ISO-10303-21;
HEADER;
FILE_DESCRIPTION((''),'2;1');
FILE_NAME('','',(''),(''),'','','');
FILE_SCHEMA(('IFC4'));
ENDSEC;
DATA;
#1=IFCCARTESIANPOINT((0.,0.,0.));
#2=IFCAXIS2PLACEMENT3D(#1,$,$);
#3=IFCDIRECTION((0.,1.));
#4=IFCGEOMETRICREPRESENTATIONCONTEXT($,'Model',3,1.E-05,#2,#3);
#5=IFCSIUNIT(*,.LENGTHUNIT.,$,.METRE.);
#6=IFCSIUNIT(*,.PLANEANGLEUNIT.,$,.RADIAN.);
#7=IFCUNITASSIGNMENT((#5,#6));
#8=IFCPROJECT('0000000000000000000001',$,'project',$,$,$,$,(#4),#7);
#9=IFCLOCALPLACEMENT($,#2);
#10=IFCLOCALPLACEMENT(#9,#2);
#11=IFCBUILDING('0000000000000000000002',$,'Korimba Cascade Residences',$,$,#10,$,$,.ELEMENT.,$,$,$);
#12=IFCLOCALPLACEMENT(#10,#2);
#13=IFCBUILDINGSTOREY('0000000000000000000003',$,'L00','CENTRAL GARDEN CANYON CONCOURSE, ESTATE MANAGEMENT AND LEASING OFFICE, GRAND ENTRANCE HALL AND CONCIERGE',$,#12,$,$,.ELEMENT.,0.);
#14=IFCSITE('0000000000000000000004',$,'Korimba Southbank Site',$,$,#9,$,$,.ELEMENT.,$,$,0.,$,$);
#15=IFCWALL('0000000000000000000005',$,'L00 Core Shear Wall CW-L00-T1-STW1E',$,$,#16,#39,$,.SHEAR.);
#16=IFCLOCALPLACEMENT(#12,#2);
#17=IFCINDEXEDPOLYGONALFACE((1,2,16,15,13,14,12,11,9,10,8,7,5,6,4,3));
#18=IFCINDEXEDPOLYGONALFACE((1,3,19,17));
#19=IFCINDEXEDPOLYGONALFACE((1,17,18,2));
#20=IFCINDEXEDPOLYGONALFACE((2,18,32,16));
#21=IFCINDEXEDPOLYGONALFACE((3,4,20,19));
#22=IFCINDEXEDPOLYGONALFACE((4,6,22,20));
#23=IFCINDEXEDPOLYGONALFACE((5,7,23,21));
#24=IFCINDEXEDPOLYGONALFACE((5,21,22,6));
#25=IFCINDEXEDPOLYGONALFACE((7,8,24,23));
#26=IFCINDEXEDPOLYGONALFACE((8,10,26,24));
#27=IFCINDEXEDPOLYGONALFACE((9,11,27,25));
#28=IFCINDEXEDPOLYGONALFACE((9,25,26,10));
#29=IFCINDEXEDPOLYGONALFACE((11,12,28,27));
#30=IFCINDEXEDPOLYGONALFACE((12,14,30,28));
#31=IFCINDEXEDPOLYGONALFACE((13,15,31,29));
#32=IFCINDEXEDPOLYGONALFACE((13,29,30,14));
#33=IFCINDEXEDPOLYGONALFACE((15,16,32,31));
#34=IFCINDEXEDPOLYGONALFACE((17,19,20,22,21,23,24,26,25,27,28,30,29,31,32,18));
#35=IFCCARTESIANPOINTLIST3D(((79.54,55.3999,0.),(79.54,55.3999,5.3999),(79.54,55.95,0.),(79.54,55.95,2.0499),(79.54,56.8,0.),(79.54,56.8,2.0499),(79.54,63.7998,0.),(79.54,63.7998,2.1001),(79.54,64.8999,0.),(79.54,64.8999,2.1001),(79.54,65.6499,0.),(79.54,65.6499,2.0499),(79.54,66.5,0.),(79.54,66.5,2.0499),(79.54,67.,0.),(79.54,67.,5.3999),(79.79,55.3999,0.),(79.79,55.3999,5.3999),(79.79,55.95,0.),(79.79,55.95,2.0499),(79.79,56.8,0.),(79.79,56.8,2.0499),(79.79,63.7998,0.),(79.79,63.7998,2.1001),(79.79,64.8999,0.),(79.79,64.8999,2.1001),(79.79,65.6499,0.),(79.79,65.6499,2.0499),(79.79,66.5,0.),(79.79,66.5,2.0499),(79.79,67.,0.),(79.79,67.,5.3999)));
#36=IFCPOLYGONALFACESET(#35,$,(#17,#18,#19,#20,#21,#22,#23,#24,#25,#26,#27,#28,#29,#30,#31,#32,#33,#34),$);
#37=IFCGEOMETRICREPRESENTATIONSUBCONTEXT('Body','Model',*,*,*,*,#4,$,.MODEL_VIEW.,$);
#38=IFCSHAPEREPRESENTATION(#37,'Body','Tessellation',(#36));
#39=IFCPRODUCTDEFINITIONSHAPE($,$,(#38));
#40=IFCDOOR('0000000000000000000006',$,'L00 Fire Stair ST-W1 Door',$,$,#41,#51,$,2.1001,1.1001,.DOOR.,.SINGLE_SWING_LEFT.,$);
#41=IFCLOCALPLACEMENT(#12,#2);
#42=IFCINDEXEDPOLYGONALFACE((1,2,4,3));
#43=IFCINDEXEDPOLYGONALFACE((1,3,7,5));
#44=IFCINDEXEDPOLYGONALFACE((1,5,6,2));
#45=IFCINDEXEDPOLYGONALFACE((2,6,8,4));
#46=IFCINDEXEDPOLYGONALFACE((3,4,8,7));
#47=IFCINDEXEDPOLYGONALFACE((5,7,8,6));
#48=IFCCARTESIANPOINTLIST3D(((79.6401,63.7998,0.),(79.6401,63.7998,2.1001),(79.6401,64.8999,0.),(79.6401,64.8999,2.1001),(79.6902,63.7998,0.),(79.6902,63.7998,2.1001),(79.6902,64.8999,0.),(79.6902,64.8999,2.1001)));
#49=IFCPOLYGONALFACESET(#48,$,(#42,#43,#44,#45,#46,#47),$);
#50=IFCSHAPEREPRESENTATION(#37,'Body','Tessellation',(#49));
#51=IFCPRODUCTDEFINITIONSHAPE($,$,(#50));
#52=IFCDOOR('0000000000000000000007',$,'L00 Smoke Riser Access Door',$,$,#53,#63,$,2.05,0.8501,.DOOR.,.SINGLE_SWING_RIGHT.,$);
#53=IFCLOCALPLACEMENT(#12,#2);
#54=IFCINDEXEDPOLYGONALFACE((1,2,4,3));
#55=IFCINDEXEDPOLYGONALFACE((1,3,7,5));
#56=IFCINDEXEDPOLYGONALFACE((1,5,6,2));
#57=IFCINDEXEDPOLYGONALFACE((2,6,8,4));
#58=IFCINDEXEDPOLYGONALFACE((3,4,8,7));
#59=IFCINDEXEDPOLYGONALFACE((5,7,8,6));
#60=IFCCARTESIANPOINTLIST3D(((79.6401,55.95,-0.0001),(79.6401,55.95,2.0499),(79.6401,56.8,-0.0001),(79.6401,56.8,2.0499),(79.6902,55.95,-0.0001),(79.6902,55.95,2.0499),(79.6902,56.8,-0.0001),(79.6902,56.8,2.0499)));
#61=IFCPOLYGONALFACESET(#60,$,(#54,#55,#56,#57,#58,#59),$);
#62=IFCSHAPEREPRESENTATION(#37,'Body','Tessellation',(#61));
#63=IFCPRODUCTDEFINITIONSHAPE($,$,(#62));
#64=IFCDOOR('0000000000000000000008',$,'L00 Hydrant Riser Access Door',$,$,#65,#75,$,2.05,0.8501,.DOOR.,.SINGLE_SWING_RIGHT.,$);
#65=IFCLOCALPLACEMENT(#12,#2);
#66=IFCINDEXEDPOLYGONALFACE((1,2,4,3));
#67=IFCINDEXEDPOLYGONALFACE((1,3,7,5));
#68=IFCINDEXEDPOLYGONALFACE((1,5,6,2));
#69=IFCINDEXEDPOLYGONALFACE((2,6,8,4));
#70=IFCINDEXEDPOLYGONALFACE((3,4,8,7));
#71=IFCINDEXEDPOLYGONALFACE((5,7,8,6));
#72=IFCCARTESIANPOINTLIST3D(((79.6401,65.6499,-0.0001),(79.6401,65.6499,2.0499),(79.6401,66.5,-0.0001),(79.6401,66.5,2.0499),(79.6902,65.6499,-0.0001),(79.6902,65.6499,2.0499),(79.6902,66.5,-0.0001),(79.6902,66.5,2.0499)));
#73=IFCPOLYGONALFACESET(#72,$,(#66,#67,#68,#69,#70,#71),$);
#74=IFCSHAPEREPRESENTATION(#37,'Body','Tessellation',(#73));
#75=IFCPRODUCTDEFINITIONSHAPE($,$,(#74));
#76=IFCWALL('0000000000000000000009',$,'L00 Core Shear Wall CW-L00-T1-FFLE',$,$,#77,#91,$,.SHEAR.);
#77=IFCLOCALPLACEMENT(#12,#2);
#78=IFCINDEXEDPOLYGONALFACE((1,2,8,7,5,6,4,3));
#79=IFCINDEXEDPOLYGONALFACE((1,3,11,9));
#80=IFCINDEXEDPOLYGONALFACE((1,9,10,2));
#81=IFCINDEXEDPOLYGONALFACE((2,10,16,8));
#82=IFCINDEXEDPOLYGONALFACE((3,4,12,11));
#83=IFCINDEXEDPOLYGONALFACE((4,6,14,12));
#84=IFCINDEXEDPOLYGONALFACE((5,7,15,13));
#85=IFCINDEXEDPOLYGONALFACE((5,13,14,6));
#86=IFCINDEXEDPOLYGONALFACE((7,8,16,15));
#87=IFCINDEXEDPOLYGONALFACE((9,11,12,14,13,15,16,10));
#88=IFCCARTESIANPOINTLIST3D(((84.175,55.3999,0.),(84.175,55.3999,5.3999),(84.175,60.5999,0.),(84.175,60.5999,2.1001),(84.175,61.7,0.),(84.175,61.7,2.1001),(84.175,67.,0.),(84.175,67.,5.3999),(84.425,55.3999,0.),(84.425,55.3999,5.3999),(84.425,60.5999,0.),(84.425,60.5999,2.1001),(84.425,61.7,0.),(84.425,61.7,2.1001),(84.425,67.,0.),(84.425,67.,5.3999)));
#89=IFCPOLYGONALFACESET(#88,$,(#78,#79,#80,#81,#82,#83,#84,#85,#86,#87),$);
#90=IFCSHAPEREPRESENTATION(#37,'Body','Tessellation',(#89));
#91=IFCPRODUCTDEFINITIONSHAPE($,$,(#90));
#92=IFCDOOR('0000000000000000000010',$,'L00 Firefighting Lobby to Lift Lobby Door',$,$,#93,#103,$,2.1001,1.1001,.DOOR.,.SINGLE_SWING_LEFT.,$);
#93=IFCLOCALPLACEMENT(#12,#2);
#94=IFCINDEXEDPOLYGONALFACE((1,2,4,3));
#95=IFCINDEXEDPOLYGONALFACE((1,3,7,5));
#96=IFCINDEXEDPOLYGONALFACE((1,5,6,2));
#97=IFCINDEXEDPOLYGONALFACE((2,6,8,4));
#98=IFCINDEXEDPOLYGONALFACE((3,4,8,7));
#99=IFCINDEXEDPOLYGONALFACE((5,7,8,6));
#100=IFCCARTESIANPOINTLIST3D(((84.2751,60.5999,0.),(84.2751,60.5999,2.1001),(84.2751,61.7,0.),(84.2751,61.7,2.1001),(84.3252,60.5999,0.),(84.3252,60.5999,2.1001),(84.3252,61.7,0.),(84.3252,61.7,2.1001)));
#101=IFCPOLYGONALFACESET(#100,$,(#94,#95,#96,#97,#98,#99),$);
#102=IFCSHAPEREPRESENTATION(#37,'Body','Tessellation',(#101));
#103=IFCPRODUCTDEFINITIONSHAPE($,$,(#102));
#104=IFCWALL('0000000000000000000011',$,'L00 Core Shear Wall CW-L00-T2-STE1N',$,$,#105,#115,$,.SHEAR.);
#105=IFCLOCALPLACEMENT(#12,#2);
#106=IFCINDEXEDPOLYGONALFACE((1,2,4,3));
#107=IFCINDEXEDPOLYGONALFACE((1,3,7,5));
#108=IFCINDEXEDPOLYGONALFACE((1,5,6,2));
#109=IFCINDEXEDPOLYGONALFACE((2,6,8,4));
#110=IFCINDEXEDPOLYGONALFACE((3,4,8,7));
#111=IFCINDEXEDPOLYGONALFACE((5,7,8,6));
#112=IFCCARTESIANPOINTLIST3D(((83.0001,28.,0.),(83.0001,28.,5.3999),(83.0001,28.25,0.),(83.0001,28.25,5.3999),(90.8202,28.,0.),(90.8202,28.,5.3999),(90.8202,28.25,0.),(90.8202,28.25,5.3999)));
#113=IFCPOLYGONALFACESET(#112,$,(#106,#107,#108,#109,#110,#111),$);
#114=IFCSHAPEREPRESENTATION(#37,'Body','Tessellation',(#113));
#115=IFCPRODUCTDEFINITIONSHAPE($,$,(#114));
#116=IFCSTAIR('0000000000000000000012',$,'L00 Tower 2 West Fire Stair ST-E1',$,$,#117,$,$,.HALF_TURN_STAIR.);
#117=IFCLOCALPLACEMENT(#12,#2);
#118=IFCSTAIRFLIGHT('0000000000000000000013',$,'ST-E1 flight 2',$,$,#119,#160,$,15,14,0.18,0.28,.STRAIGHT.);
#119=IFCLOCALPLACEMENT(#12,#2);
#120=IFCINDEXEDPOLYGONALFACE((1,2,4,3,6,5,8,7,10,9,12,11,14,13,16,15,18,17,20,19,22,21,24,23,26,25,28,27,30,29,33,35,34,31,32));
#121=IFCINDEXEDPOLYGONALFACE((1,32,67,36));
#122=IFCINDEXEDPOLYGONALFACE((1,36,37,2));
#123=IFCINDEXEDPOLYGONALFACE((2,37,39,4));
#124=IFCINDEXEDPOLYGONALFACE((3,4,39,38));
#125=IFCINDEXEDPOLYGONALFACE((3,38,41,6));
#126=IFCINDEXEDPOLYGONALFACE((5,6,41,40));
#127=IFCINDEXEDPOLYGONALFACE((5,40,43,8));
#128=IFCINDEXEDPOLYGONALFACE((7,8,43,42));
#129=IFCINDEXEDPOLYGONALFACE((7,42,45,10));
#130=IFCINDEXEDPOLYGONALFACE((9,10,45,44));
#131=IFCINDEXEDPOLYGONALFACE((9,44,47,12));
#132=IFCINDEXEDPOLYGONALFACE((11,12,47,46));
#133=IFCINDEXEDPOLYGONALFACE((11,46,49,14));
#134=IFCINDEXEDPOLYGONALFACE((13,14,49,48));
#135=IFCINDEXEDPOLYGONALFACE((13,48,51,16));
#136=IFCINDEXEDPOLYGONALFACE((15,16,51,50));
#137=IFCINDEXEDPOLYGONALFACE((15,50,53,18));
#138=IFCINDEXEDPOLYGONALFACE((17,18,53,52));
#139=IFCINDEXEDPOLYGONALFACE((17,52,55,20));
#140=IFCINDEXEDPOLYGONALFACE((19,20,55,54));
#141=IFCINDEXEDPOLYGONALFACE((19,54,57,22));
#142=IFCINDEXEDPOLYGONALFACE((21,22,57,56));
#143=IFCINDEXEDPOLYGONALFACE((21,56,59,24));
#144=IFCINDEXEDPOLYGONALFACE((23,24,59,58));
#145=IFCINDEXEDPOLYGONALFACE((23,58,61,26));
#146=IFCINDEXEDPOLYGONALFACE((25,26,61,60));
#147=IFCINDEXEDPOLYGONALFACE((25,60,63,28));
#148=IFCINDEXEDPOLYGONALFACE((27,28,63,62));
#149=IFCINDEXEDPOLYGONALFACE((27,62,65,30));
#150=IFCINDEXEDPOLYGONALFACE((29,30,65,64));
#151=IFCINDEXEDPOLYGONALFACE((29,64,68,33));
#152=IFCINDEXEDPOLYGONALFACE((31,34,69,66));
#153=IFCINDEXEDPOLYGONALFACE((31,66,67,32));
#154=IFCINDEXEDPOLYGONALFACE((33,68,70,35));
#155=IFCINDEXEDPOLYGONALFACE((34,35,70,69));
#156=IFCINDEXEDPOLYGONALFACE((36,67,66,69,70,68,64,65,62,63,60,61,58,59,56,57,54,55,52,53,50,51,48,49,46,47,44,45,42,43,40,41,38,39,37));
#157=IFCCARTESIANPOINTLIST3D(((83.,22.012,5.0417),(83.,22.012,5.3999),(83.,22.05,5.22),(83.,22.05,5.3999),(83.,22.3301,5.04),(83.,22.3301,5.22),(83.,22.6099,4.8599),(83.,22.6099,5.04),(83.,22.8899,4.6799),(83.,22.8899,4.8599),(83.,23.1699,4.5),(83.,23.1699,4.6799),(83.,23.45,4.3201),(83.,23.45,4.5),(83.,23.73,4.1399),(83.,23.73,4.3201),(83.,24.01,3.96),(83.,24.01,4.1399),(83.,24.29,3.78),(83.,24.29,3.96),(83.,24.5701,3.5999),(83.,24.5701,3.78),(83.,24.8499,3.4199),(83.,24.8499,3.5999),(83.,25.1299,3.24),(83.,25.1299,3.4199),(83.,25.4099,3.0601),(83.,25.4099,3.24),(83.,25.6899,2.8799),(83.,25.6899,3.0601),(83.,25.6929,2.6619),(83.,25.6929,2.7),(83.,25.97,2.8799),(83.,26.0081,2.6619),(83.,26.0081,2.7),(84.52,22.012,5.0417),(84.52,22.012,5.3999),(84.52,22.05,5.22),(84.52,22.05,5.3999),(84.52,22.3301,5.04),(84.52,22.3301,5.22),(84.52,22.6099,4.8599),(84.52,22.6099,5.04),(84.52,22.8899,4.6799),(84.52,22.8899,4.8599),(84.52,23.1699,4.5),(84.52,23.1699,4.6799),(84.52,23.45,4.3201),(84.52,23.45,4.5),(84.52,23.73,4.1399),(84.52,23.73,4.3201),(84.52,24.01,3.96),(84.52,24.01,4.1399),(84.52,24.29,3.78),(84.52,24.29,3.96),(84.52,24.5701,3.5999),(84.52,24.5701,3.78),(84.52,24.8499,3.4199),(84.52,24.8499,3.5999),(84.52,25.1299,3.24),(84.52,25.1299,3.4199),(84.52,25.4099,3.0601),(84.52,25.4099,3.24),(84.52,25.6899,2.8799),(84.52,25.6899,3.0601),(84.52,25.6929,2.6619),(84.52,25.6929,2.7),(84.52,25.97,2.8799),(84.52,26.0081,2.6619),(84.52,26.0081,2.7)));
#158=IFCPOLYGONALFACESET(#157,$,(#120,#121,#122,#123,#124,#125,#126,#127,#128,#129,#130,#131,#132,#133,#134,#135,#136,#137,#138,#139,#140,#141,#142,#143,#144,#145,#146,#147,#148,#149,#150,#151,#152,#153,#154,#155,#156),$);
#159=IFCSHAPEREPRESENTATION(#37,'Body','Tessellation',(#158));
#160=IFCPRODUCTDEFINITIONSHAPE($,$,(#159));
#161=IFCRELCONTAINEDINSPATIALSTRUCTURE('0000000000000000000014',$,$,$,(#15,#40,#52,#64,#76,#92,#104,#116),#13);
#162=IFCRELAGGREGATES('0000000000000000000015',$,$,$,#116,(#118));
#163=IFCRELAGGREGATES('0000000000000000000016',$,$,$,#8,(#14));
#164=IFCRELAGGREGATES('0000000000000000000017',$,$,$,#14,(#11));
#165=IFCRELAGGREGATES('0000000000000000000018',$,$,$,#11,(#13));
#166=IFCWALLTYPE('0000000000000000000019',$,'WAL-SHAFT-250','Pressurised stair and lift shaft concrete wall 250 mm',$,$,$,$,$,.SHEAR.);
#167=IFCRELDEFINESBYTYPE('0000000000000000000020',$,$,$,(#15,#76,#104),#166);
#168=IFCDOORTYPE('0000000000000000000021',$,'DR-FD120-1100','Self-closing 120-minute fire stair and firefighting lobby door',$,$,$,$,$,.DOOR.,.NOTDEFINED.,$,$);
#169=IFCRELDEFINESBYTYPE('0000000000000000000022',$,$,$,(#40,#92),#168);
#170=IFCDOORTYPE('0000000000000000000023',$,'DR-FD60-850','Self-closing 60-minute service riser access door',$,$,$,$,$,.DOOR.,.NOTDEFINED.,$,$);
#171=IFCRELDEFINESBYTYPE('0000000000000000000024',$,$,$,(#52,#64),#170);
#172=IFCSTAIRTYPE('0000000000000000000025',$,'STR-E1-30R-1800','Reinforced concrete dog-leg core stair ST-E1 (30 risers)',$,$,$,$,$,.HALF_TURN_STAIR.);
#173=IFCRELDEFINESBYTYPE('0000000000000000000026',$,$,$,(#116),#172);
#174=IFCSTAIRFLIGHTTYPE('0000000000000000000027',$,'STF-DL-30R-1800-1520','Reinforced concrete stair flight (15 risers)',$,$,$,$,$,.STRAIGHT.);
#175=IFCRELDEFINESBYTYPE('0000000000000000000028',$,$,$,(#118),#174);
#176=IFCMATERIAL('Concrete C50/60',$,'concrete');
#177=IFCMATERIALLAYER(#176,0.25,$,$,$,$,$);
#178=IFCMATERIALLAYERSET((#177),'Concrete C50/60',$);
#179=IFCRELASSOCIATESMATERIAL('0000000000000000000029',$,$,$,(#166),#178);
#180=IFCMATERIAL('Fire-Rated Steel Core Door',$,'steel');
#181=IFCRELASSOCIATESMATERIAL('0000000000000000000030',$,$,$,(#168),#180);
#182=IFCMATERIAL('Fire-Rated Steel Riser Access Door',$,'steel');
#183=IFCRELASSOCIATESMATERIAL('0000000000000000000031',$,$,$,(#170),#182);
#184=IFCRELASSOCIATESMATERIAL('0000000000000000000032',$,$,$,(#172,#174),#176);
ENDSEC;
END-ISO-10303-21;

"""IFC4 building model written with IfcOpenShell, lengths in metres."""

from ifc_helpers import new_model, si_unit, direction, frame, frame_2d, origin, place, context, subcontext, project, spatial, polyline, rectangle, outline, extrude, material, layer, layer_set, type_object, element, fill, aggregate, save


model = new_model("IFC4")

# Units and contexts
model_context = context("Model", 3, precision=1e-05, world=origin(), true_north=direction((0.0, 1.0)))
body_context = subcontext(model_context, "Body", "Model", "MODEL_VIEW")
ifc_project = project(units=[si_unit("LENGTHUNIT", "METRE"), si_unit("PLANEANGLEUNIT", "RADIAN")], contexts=[model_context])

# Site, building, storey
site_placement = place(None, origin())
site = spatial("IfcSite", under=ifc_project, at=site_placement, Name="Korimba Southbank Site", CompositionType="ELEMENT", RefElevation=0.0)
building_placement = place(site_placement, origin())
building = spatial("IfcBuilding", under=site, at=building_placement, Name="Korimba Cascade Residences", CompositionType="ELEMENT")
storey_placement = place(building_placement, origin())
storey = spatial("IfcBuildingStorey", under=building, at=storey_placement, Name="L00", Description="CENTRAL GARDEN CANYON CONCOURSE, ESTATE MANAGEMENT AND LEASING OFFICE, GRAND ENTRANCE HALL AND CONCIERGE", CompositionType="ELEMENT", Elevation=0.0)

# Wall, openings, doors
ifc_material_1 = material(Name="Concrete C50/60", Category="concrete")
ifc_layer_1 = layer(ifc_material_1, 0.25)
ifc_layer_set_1 = layer_set([ifc_layer_1], Name="Concrete C50/60")
wall_type_1 = type_object("IfcWallType", Name="WAL-SHAFT-250", Description="Pressurised stair and lift shaft concrete wall 250 mm", PredefinedType="SHEAR", material=ifc_layer_set_1)
wall_1_placement = place(storey_placement, frame((79.665, 55.3999, 0.0), z_axis=(0.0, 0.0, 1.0), x_axis=(0.0, 1.0, 0.0)))
wall_1 = element("IfcWall", 1, at=wall_1_placement, inside=storey, type_object=wall_type_1, Name="L00 Core Shear Wall CW-L00-T1-STW1E", PredefinedType="SHEAR", context=body_context, shape_type="SweptSolid", body=[
    extrude(rectangle(XDim=11.6001, YDim=0.25, at=frame_2d((5.8, 0.0))), origin(), (0.0, 0.0, 1.0), 5.3999),
])
opening_1_placement = place(wall_1_placement, frame((0.55, 0.0, 0.0)))
opening_1 = element("IfcOpeningElement", 2, at=opening_1_placement, cuts=wall_1, PredefinedType="OPENING", context=body_context, shape_type="SweptSolid", body=[
    extrude(rectangle(XDim=0.8501, YDim=2.05, at=frame_2d((0.425, 1.0249))), frame((0.0, 0.135, 0.0), z_axis=(0.0, -1.0, 0.0), x_axis=(1.0, 0.0, 0.0)), (0.0, 0.0, 1.0), 0.27),
])
opening_2_placement = place(wall_1_placement, frame((8.3999, 0.0, 0.0)))
opening_2 = element("IfcOpeningElement", 3, at=opening_2_placement, cuts=wall_1, PredefinedType="OPENING", context=body_context, shape_type="SweptSolid", body=[
    extrude(rectangle(XDim=1.1001, YDim=2.1001, at=frame_2d((0.55, 1.05))), frame((0.0, 0.135, 0.0), z_axis=(0.0, -1.0, 0.0), x_axis=(1.0, 0.0, 0.0)), (0.0, 0.0, 1.0), 0.27),
])
opening_3_placement = place(wall_1_placement, frame((10.25, 0.0, 0.0)))
opening_3 = element("IfcOpeningElement", 4, at=opening_3_placement, cuts=wall_1, PredefinedType="OPENING", context=body_context, shape_type="SweptSolid", body=[
    extrude(rectangle(XDim=0.8501, YDim=2.05, at=frame_2d((0.425, 1.0249))), frame((0.0, 0.135, 0.0), z_axis=(0.0, -1.0, 0.0), x_axis=(1.0, 0.0, 0.0)), (0.0, 0.0, 1.0), 0.27),
])
ifc_material_2 = material(Name="Fire-Rated Steel Core Door", Category="steel")
door_type_1 = type_object("IfcDoorType", Name="DR-FD120-1100", Description="Self-closing 120-minute fire stair and firefighting lobby door", OperationType="NOTDEFINED", PredefinedType="DOOR", material=ifc_material_2)
door_1_placement = place(opening_2_placement, origin())
door_1 = element("IfcDoor", 5, at=door_1_placement, inside=storey, type_object=door_type_1, Name="L00 Fire Stair ST-W1 Door", OperationType="SINGLE_SWING_LEFT", OverallHeight=2.1001, OverallWidth=1.1001, PredefinedType="DOOR", context=body_context, shape_type="SweptSolid", body=[
    extrude(rectangle(XDim=1.1001, YDim=2.1001, at=frame_2d((0.55, 1.05))), frame((0.0, 0.0249, 0.0), z_axis=(0.0, -1.0, 0.0), x_axis=(1.0, 0.0, 0.0)), (0.0, 0.0, 1.0), 0.05),
])
fill(opening_2, door_1)
ifc_material_3 = material(Name="Fire-Rated Steel Riser Access Door", Category="steel")
door_type_2 = type_object("IfcDoorType", Name="DR-FD60-850", Description="Self-closing 60-minute service riser access door", OperationType="NOTDEFINED", PredefinedType="DOOR", material=ifc_material_3)
door_2_placement = place(opening_1_placement, origin())
door_2 = element("IfcDoor", 6, at=door_2_placement, inside=storey, type_object=door_type_2, Name="L00 Smoke Riser Access Door", OperationType="SINGLE_SWING_RIGHT", OverallHeight=2.05, OverallWidth=0.8501, PredefinedType="DOOR", context=body_context, shape_type="SweptSolid", body=[
    extrude(rectangle(XDim=0.8501, YDim=2.05, at=frame_2d((0.425, 1.0249))), frame((0.0, 0.0249, 0.0), z_axis=(0.0, -1.0, 0.0), x_axis=(1.0, 0.0, 0.0)), (0.0, 0.0, 1.0), 0.05),
])
fill(opening_1, door_2)
door_3_placement = place(opening_3_placement, origin())
door_3 = element("IfcDoor", 7, at=door_3_placement, inside=storey, type_object=door_type_2, Name="L00 Hydrant Riser Access Door", OperationType="SINGLE_SWING_RIGHT", OverallHeight=2.05, OverallWidth=0.8501, PredefinedType="DOOR", context=body_context, shape_type="SweptSolid", body=[
    extrude(rectangle(XDim=0.8501, YDim=2.05, at=frame_2d((0.425, 1.0249))), frame((0.0, 0.0249, 0.0), z_axis=(0.0, -1.0, 0.0), x_axis=(1.0, 0.0, 0.0)), (0.0, 0.0, 1.0), 0.05),
])
fill(opening_3, door_3)

# Wall, opening, door
wall_2_placement = place(storey_placement, frame((84.3, 55.3999, 0.0), z_axis=(0.0, 0.0, 1.0), x_axis=(0.0, 1.0, 0.0)))
wall_2 = element("IfcWall", 8, at=wall_2_placement, inside=storey, type_object=wall_type_1, Name="L00 Core Shear Wall CW-L00-T1-FFLE", PredefinedType="SHEAR", context=body_context, shape_type="SweptSolid", body=[
    extrude(rectangle(XDim=11.6001, YDim=0.25, at=frame_2d((5.8, 0.0))), origin(), (0.0, 0.0, 1.0), 5.3999),
])
opening_4_placement = place(wall_2_placement, frame((5.2, 0.0, 0.0)))
opening_4 = element("IfcOpeningElement", 9, at=opening_4_placement, cuts=wall_2, PredefinedType="OPENING", context=body_context, shape_type="SweptSolid", body=[
    extrude(rectangle(XDim=1.1001, YDim=2.1001, at=frame_2d((0.55, 1.05))), frame((0.0, 0.135, 0.0), z_axis=(0.0, -1.0, 0.0), x_axis=(1.0, 0.0, 0.0)), (0.0, 0.0, 1.0), 0.27),
])
door_4_placement = place(opening_4_placement, origin())
door_4 = element("IfcDoor", 10, at=door_4_placement, inside=storey, type_object=door_type_1, Name="L00 Firefighting Lobby to Lift Lobby Door", OperationType="SINGLE_SWING_LEFT", OverallHeight=2.1001, OverallWidth=1.1001, PredefinedType="DOOR", context=body_context, shape_type="SweptSolid", body=[
    extrude(rectangle(XDim=1.1001, YDim=2.1001, at=frame_2d((0.55, 1.05))), frame((0.0, 0.0249, 0.0), z_axis=(0.0, -1.0, 0.0), x_axis=(1.0, 0.0, 0.0)), (0.0, 0.0, 1.0), 0.05),
])
fill(opening_4, door_4)

# Wall
wall_3_placement = place(storey_placement, frame((83.0, 28.125, 0.0), z_axis=(0.0, 0.0, 1.0), x_axis=(1.0, 0.0, 0.0)))
element("IfcWall", 11, at=wall_3_placement, inside=storey, type_object=wall_type_1, Name="L00 Core Shear Wall CW-L00-T2-STE1N", PredefinedType="SHEAR", context=body_context, shape_type="SweptSolid", body=[
    extrude(rectangle(XDim=7.8201, YDim=0.25, at=frame_2d((3.9102, 0.0))), origin(), (0.0, 0.0, 1.0), 5.3999),
])

# Stair, stair flight
stair_type = type_object("IfcStairType", Name="STR-E1-30R-1800", Description="Reinforced concrete dog-leg core stair ST-E1 (30 risers)", PredefinedType="HALF_TURN_STAIR", material=ifc_material_1)
stair_placement = place(storey_placement, origin())
stair = element("IfcStair", 12, at=stair_placement, inside=storey, type_object=stair_type, Name="L00 Tower 2 West Fire Stair ST-E1", PredefinedType="HALF_TURN_STAIR")
stair_flight_type = type_object("IfcStairFlightType", Name="STF-DL-30R-1800-1520", Description="Reinforced concrete stair flight (15 risers)", PredefinedType="STRAIGHT", material=ifc_material_1)
stair_flight_placement = place(storey_placement, frame((83.76, 25.97, 2.7), z_axis=(0.0, 0.0, 1.0), x_axis=(0.0, -1.0, 0.0)))
stair_flight = element("IfcStairFlight", 13, at=stair_flight_placement, type_object=stair_flight_type, Name="ST-E1 flight 2", NumberOfRisers=15, NumberOfTreads=14, PredefinedType="STRAIGHT", RiserHeight=0.18, TreadLength=0.28, context=body_context, shape_type="SweptSolid", body=[
    extrude(outline(polyline([(-0.0381, 0.0), (0.0, 0.1799), (0.28, 0.1799), (0.28, 0.3601), (0.5601, 0.3601), (0.5601, 0.54), (0.8401, 0.54), (0.8401, 0.72), (1.1201, 0.72), (1.1201, 0.8999), (1.3999, 0.8999), (1.3999, 1.0801), (1.6799, 1.0801), (1.6799, 1.26), (1.96, 1.26), (1.96, 1.4399), (2.24, 1.4399), (2.24, 1.6201), (2.52, 1.6201), (2.52, 1.8), (2.8, 1.8), (2.8, 1.98), (3.0801, 1.98), (3.0801, 2.1599), (3.3601, 2.1599), (3.3601, 2.3401), (3.6399, 2.3401), (3.6399, 2.52), (3.9199, 2.52), (3.9199, 2.7), (3.958, 2.7), (3.958, 2.3418), (0.2771, 0.0), (0.2771, -0.0381), (-0.0381, -0.0381), (-0.0381, 0.0)])), frame((0.0, 0.76, 0.0), z_axis=(0.0, -1.0, 0.0), x_axis=(1.0, 0.0, 0.0)), (0.0, 0.0, 1.0), 1.52),
])
aggregate(stair, [stair_flight])

save(model, "model.ifc")
